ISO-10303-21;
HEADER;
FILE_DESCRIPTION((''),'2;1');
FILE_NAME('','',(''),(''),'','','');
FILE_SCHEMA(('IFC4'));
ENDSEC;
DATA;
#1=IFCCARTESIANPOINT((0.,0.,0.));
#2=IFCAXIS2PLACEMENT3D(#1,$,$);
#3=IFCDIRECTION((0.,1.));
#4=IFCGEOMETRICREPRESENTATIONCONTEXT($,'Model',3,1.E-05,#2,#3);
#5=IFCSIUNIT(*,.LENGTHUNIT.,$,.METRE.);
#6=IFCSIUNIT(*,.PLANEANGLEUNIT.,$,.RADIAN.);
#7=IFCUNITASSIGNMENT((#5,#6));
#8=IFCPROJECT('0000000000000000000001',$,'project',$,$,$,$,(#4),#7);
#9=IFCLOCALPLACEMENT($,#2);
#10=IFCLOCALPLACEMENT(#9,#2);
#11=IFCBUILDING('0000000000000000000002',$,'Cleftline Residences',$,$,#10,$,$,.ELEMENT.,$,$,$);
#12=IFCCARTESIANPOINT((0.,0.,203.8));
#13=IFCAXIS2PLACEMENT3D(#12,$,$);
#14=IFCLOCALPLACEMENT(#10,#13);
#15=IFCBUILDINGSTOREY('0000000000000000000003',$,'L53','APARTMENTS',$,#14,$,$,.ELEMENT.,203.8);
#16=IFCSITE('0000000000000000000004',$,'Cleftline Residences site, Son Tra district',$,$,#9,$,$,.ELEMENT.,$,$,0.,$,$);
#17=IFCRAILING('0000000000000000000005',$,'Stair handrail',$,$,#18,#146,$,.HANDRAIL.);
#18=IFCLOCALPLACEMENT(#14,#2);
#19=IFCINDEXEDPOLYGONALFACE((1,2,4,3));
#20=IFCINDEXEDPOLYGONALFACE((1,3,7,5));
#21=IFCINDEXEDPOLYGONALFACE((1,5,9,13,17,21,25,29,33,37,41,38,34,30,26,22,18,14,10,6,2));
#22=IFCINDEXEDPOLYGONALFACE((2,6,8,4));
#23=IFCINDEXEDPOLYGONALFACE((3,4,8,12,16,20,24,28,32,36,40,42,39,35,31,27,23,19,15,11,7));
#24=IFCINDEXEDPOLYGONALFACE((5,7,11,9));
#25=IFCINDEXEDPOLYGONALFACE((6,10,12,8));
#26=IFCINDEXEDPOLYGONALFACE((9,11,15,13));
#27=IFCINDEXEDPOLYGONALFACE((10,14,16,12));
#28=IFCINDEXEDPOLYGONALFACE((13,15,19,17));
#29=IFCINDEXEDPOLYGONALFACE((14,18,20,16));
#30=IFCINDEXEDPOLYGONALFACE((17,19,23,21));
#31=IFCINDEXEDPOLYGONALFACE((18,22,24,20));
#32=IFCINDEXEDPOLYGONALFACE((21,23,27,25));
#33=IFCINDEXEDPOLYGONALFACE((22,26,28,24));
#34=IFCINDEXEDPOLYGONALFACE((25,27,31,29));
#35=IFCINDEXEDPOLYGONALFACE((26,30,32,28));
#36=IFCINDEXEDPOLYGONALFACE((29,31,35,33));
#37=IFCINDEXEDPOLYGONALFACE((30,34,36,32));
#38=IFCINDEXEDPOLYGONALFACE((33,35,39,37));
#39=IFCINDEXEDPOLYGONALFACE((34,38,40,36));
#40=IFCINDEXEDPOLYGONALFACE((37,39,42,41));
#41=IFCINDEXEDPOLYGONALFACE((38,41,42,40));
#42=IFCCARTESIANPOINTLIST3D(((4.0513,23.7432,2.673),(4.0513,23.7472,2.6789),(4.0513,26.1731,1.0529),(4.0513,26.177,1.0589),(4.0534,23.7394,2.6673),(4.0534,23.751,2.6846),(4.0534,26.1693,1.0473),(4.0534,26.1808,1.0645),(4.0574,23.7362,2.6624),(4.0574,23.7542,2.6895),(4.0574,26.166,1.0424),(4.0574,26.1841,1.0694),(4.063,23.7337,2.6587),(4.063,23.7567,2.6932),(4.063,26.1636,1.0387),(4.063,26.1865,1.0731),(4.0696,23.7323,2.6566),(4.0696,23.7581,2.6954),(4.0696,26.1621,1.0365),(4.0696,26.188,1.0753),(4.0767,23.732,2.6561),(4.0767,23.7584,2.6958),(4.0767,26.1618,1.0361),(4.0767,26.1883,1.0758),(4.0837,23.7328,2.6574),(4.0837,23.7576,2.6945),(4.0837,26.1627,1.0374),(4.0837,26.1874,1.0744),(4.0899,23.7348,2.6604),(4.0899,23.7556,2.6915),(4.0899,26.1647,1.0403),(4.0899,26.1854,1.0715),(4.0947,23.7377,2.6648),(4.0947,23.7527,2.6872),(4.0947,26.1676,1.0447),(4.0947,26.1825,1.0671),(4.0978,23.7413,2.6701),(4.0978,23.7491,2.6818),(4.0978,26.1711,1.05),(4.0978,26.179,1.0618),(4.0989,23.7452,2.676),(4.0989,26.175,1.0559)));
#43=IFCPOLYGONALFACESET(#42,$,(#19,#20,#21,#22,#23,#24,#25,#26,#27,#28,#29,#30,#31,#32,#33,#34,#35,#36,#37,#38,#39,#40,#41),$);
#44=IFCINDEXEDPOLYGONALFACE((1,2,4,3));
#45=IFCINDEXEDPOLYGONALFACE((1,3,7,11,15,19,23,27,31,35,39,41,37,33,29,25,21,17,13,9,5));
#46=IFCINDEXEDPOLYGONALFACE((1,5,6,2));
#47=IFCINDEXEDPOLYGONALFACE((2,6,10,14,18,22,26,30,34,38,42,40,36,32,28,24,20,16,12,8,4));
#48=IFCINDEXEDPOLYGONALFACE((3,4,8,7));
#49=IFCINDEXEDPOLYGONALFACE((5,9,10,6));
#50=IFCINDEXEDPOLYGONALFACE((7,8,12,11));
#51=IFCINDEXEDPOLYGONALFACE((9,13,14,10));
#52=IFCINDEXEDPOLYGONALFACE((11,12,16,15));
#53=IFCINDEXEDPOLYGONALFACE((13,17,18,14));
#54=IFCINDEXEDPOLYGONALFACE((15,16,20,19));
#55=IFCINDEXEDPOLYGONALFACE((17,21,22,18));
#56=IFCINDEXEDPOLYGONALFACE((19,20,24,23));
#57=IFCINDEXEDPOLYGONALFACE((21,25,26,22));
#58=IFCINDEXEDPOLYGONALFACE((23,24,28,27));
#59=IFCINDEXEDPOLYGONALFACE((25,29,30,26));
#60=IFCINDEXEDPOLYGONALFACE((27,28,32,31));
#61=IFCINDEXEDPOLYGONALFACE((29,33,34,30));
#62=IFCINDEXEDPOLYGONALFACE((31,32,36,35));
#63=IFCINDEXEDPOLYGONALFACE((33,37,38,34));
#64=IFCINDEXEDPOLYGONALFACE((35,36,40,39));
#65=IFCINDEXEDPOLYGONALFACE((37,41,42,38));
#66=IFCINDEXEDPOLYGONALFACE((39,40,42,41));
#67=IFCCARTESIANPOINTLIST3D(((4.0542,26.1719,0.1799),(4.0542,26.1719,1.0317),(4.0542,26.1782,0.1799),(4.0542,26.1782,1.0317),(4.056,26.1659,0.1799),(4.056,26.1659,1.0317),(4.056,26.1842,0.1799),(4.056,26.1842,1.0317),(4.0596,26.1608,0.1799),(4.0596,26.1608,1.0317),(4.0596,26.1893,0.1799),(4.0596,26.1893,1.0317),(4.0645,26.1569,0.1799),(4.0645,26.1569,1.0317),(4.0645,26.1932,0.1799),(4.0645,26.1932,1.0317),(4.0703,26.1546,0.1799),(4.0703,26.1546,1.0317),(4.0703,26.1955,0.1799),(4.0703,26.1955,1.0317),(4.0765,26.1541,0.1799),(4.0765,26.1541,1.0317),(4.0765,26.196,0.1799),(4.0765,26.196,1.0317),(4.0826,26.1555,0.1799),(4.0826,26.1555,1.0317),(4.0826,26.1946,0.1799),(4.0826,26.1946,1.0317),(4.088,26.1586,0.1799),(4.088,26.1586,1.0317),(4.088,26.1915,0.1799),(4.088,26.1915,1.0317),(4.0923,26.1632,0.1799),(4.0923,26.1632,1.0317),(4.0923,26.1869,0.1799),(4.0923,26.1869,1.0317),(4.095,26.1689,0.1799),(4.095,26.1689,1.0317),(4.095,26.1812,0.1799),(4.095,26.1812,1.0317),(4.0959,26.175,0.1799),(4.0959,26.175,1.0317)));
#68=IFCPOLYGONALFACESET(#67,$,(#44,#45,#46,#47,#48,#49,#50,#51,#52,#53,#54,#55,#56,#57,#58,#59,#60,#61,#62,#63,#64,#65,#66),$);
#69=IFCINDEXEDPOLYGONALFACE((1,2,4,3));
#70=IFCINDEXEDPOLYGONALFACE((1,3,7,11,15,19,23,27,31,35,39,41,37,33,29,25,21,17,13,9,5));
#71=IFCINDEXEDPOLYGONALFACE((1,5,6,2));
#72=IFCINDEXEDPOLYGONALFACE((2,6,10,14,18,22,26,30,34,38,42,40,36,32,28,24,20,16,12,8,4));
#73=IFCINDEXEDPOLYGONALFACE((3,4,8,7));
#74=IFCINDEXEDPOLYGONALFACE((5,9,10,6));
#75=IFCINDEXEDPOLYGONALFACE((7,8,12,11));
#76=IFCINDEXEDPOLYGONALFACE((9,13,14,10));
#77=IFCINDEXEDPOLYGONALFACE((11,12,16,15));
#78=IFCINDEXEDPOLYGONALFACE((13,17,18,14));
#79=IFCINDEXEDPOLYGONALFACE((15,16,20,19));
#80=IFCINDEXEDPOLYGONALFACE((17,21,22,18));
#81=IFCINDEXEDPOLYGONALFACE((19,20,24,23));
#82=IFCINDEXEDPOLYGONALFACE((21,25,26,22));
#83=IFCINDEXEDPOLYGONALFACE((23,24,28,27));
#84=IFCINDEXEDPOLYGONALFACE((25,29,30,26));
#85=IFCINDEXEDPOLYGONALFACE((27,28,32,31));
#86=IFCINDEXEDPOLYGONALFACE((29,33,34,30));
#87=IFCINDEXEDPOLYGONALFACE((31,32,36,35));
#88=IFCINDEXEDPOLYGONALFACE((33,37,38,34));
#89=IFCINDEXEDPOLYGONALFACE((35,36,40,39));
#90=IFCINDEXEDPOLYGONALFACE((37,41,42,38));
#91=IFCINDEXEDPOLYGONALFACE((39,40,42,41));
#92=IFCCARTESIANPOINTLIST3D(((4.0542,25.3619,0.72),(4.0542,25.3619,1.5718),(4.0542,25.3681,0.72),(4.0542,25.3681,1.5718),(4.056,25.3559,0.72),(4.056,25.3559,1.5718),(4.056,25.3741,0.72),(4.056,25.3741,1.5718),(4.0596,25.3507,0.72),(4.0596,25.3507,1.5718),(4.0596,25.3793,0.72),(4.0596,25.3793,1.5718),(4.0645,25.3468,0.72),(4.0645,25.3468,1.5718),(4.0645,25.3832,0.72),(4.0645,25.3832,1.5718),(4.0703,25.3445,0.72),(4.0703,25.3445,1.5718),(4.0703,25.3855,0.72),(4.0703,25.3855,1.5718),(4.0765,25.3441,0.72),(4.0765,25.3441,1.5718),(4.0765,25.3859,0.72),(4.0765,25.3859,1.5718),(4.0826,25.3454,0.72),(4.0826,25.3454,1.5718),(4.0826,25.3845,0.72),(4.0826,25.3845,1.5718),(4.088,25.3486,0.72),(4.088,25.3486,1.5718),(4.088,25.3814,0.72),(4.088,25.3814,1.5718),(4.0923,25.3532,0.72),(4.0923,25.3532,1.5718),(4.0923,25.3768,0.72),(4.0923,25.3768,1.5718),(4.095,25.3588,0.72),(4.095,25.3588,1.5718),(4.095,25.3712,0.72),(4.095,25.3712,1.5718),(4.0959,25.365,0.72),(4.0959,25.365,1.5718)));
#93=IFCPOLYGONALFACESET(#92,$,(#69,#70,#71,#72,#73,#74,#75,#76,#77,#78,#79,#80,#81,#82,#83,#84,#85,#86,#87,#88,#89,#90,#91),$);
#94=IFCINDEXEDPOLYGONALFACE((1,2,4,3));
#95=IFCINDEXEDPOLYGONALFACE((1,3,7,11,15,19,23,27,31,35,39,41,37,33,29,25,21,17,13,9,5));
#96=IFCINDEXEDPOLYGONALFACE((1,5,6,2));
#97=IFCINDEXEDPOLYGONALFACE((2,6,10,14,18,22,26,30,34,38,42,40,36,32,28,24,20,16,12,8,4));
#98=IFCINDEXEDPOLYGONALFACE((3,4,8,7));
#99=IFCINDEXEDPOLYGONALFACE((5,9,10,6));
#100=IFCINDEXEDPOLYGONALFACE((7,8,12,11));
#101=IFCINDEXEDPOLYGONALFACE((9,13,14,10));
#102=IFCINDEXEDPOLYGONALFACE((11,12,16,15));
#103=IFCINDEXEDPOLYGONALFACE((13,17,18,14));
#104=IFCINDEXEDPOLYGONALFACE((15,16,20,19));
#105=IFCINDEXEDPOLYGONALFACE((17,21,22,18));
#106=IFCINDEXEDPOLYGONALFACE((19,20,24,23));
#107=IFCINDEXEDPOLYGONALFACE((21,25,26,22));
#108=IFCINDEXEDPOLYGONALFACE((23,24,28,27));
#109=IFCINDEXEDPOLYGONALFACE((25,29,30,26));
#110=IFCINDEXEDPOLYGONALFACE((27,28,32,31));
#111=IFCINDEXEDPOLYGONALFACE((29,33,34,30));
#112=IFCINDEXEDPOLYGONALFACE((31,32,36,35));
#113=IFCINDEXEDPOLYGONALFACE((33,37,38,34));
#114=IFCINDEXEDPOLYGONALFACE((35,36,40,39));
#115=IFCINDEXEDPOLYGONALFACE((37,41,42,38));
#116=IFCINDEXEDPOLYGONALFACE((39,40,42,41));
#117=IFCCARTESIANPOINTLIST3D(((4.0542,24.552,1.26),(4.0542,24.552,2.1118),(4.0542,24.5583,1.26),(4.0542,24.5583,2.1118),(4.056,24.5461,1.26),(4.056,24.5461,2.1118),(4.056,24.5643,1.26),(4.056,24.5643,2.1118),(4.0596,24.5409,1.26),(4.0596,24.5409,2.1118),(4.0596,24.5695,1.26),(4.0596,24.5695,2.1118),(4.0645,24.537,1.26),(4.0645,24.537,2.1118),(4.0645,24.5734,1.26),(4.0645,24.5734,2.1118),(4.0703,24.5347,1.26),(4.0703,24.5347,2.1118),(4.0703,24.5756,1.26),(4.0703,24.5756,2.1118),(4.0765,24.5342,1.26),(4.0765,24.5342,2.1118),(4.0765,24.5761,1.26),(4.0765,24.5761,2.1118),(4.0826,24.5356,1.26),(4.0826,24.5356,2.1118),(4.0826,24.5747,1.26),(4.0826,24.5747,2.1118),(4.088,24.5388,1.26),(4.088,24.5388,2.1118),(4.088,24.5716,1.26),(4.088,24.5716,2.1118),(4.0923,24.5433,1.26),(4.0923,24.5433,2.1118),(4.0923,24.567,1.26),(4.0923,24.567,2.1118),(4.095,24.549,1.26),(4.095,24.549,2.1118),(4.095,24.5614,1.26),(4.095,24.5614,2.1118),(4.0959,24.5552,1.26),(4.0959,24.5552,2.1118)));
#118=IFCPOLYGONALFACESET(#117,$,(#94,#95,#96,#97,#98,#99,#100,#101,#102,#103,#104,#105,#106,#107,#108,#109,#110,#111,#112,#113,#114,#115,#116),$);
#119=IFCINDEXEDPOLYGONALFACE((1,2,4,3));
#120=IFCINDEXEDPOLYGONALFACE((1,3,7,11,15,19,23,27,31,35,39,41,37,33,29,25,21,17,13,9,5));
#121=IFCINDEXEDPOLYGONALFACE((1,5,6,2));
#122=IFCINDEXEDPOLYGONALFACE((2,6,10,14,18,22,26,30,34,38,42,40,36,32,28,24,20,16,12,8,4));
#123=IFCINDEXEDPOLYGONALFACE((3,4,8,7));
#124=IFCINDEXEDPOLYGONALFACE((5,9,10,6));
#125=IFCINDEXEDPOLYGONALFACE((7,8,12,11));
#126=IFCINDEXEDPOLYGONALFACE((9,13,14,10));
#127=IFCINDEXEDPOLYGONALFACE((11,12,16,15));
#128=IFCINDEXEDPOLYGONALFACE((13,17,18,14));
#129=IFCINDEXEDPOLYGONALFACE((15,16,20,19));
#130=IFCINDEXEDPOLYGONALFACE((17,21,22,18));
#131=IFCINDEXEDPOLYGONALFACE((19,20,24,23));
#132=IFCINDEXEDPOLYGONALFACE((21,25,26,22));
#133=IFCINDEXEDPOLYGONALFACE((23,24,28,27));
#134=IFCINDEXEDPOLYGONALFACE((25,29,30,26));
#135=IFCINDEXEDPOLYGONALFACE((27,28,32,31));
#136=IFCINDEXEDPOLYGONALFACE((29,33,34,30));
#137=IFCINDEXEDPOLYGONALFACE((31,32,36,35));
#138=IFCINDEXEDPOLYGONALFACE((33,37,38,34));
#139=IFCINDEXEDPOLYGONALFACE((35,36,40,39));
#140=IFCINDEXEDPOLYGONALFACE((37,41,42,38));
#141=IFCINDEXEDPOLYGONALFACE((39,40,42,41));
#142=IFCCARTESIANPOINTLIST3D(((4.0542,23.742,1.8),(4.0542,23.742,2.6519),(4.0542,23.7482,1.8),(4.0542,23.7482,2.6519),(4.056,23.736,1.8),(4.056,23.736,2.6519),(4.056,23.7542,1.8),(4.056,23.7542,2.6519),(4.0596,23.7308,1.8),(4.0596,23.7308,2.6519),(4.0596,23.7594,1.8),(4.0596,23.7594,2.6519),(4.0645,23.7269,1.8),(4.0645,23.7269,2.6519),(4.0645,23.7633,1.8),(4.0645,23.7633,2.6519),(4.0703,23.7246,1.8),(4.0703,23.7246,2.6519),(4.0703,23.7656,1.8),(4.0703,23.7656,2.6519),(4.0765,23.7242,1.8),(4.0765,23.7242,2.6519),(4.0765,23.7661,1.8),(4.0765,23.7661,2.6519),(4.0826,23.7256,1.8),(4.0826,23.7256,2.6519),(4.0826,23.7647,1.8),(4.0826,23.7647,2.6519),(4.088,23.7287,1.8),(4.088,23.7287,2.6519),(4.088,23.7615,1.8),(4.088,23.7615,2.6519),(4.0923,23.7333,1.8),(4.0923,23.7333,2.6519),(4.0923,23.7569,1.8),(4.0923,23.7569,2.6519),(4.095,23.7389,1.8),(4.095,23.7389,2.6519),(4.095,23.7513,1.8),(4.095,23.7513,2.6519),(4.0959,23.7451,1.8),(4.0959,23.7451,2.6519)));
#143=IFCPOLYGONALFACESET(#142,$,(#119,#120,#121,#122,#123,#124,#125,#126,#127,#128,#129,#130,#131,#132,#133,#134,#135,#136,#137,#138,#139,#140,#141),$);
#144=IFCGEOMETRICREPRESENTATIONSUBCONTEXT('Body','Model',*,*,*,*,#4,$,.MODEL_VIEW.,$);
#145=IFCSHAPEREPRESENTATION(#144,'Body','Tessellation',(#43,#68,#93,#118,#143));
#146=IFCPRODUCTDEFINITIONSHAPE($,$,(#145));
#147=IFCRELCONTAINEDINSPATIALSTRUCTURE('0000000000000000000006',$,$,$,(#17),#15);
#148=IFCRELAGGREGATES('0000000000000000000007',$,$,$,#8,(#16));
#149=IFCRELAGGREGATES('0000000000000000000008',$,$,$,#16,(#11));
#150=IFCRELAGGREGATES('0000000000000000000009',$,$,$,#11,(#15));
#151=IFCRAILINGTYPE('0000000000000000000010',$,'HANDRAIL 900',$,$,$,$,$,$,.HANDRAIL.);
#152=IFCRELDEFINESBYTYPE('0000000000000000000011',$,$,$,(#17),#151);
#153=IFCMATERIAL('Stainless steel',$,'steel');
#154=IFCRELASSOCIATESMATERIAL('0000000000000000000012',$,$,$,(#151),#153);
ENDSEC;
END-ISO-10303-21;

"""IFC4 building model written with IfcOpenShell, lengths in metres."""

from ifc_helpers import new_model, si_unit, direction, frame, origin, origin_2d, place, context, subcontext, project, spatial, circle, extrude, material, type_object, element, save


model = new_model("IFC4")

# Units and contexts
model_context = context("Model", 3, precision=1e-05, world=origin(), true_north=direction((0.0, 1.0)))
body_context = subcontext(model_context, "Body", "Model", "MODEL_VIEW")
ifc_project = project(units=[si_unit("LENGTHUNIT", "METRE"), si_unit("PLANEANGLEUNIT", "RADIAN")], contexts=[model_context])

# Site, building, storey
site_placement = place(None, origin())
site = spatial("IfcSite", under=ifc_project, at=site_placement, Name="Cleftline Residences site, Son Tra district", CompositionType="ELEMENT", RefElevation=0.0)
building_placement = place(site_placement, origin())
building = spatial("IfcBuilding", under=site, at=building_placement, Name="Cleftline Residences", CompositionType="ELEMENT")
storey_placement = place(building_placement, frame((0.0, 0.0, 203.8)))
storey = spatial("IfcBuildingStorey", under=building, at=storey_placement, Name="L53", Description="APARTMENTS", CompositionType="ELEMENT", Elevation=203.8)

# Railing
ifc_material_1 = material(Name="Stainless steel", Category="steel")
railing_type = type_object("IfcRailingType", Name="HANDRAIL 900", PredefinedType="HANDRAIL", material=ifc_material_1)
railing_placement = place(storey_placement, frame((4.075, 26.175, 0.1799)))
element("IfcRailing", 1, at=railing_placement, inside=storey, type_object=railing_type, Name="Stair handrail", PredefinedType="HANDRAIL", context=body_context, shape_type="SweptSolid", body=[
    extrude(circle(Radius=0.0239, at=origin_2d()), frame((0.0, 0.0, 0.876), z_axis=(0.0, -0.832025, 0.554739), x_axis=(1.0, 0.0, 0.0)), (0.0, 0.0, 1.0), 2.9204),
    extrude(circle(Radius=0.021, at=origin_2d()), origin(), (0.0, 0.0, 1.0), 0.8518),
    extrude(circle(Radius=0.021, at=origin_2d()), frame((0.0, -0.8101, 0.54)), (0.0, 0.0, 1.0), 0.8518),
    extrude(circle(Radius=0.021, at=origin_2d()), frame((0.0, -1.6199, 1.0801)), (0.0, 0.0, 1.0), 0.8518),
    extrude(circle(Radius=0.021, at=origin_2d()), frame((0.0, -2.4299, 1.6201)), (0.0, 0.0, 1.0), 0.8518),
])

save(model, "model.ifc")
